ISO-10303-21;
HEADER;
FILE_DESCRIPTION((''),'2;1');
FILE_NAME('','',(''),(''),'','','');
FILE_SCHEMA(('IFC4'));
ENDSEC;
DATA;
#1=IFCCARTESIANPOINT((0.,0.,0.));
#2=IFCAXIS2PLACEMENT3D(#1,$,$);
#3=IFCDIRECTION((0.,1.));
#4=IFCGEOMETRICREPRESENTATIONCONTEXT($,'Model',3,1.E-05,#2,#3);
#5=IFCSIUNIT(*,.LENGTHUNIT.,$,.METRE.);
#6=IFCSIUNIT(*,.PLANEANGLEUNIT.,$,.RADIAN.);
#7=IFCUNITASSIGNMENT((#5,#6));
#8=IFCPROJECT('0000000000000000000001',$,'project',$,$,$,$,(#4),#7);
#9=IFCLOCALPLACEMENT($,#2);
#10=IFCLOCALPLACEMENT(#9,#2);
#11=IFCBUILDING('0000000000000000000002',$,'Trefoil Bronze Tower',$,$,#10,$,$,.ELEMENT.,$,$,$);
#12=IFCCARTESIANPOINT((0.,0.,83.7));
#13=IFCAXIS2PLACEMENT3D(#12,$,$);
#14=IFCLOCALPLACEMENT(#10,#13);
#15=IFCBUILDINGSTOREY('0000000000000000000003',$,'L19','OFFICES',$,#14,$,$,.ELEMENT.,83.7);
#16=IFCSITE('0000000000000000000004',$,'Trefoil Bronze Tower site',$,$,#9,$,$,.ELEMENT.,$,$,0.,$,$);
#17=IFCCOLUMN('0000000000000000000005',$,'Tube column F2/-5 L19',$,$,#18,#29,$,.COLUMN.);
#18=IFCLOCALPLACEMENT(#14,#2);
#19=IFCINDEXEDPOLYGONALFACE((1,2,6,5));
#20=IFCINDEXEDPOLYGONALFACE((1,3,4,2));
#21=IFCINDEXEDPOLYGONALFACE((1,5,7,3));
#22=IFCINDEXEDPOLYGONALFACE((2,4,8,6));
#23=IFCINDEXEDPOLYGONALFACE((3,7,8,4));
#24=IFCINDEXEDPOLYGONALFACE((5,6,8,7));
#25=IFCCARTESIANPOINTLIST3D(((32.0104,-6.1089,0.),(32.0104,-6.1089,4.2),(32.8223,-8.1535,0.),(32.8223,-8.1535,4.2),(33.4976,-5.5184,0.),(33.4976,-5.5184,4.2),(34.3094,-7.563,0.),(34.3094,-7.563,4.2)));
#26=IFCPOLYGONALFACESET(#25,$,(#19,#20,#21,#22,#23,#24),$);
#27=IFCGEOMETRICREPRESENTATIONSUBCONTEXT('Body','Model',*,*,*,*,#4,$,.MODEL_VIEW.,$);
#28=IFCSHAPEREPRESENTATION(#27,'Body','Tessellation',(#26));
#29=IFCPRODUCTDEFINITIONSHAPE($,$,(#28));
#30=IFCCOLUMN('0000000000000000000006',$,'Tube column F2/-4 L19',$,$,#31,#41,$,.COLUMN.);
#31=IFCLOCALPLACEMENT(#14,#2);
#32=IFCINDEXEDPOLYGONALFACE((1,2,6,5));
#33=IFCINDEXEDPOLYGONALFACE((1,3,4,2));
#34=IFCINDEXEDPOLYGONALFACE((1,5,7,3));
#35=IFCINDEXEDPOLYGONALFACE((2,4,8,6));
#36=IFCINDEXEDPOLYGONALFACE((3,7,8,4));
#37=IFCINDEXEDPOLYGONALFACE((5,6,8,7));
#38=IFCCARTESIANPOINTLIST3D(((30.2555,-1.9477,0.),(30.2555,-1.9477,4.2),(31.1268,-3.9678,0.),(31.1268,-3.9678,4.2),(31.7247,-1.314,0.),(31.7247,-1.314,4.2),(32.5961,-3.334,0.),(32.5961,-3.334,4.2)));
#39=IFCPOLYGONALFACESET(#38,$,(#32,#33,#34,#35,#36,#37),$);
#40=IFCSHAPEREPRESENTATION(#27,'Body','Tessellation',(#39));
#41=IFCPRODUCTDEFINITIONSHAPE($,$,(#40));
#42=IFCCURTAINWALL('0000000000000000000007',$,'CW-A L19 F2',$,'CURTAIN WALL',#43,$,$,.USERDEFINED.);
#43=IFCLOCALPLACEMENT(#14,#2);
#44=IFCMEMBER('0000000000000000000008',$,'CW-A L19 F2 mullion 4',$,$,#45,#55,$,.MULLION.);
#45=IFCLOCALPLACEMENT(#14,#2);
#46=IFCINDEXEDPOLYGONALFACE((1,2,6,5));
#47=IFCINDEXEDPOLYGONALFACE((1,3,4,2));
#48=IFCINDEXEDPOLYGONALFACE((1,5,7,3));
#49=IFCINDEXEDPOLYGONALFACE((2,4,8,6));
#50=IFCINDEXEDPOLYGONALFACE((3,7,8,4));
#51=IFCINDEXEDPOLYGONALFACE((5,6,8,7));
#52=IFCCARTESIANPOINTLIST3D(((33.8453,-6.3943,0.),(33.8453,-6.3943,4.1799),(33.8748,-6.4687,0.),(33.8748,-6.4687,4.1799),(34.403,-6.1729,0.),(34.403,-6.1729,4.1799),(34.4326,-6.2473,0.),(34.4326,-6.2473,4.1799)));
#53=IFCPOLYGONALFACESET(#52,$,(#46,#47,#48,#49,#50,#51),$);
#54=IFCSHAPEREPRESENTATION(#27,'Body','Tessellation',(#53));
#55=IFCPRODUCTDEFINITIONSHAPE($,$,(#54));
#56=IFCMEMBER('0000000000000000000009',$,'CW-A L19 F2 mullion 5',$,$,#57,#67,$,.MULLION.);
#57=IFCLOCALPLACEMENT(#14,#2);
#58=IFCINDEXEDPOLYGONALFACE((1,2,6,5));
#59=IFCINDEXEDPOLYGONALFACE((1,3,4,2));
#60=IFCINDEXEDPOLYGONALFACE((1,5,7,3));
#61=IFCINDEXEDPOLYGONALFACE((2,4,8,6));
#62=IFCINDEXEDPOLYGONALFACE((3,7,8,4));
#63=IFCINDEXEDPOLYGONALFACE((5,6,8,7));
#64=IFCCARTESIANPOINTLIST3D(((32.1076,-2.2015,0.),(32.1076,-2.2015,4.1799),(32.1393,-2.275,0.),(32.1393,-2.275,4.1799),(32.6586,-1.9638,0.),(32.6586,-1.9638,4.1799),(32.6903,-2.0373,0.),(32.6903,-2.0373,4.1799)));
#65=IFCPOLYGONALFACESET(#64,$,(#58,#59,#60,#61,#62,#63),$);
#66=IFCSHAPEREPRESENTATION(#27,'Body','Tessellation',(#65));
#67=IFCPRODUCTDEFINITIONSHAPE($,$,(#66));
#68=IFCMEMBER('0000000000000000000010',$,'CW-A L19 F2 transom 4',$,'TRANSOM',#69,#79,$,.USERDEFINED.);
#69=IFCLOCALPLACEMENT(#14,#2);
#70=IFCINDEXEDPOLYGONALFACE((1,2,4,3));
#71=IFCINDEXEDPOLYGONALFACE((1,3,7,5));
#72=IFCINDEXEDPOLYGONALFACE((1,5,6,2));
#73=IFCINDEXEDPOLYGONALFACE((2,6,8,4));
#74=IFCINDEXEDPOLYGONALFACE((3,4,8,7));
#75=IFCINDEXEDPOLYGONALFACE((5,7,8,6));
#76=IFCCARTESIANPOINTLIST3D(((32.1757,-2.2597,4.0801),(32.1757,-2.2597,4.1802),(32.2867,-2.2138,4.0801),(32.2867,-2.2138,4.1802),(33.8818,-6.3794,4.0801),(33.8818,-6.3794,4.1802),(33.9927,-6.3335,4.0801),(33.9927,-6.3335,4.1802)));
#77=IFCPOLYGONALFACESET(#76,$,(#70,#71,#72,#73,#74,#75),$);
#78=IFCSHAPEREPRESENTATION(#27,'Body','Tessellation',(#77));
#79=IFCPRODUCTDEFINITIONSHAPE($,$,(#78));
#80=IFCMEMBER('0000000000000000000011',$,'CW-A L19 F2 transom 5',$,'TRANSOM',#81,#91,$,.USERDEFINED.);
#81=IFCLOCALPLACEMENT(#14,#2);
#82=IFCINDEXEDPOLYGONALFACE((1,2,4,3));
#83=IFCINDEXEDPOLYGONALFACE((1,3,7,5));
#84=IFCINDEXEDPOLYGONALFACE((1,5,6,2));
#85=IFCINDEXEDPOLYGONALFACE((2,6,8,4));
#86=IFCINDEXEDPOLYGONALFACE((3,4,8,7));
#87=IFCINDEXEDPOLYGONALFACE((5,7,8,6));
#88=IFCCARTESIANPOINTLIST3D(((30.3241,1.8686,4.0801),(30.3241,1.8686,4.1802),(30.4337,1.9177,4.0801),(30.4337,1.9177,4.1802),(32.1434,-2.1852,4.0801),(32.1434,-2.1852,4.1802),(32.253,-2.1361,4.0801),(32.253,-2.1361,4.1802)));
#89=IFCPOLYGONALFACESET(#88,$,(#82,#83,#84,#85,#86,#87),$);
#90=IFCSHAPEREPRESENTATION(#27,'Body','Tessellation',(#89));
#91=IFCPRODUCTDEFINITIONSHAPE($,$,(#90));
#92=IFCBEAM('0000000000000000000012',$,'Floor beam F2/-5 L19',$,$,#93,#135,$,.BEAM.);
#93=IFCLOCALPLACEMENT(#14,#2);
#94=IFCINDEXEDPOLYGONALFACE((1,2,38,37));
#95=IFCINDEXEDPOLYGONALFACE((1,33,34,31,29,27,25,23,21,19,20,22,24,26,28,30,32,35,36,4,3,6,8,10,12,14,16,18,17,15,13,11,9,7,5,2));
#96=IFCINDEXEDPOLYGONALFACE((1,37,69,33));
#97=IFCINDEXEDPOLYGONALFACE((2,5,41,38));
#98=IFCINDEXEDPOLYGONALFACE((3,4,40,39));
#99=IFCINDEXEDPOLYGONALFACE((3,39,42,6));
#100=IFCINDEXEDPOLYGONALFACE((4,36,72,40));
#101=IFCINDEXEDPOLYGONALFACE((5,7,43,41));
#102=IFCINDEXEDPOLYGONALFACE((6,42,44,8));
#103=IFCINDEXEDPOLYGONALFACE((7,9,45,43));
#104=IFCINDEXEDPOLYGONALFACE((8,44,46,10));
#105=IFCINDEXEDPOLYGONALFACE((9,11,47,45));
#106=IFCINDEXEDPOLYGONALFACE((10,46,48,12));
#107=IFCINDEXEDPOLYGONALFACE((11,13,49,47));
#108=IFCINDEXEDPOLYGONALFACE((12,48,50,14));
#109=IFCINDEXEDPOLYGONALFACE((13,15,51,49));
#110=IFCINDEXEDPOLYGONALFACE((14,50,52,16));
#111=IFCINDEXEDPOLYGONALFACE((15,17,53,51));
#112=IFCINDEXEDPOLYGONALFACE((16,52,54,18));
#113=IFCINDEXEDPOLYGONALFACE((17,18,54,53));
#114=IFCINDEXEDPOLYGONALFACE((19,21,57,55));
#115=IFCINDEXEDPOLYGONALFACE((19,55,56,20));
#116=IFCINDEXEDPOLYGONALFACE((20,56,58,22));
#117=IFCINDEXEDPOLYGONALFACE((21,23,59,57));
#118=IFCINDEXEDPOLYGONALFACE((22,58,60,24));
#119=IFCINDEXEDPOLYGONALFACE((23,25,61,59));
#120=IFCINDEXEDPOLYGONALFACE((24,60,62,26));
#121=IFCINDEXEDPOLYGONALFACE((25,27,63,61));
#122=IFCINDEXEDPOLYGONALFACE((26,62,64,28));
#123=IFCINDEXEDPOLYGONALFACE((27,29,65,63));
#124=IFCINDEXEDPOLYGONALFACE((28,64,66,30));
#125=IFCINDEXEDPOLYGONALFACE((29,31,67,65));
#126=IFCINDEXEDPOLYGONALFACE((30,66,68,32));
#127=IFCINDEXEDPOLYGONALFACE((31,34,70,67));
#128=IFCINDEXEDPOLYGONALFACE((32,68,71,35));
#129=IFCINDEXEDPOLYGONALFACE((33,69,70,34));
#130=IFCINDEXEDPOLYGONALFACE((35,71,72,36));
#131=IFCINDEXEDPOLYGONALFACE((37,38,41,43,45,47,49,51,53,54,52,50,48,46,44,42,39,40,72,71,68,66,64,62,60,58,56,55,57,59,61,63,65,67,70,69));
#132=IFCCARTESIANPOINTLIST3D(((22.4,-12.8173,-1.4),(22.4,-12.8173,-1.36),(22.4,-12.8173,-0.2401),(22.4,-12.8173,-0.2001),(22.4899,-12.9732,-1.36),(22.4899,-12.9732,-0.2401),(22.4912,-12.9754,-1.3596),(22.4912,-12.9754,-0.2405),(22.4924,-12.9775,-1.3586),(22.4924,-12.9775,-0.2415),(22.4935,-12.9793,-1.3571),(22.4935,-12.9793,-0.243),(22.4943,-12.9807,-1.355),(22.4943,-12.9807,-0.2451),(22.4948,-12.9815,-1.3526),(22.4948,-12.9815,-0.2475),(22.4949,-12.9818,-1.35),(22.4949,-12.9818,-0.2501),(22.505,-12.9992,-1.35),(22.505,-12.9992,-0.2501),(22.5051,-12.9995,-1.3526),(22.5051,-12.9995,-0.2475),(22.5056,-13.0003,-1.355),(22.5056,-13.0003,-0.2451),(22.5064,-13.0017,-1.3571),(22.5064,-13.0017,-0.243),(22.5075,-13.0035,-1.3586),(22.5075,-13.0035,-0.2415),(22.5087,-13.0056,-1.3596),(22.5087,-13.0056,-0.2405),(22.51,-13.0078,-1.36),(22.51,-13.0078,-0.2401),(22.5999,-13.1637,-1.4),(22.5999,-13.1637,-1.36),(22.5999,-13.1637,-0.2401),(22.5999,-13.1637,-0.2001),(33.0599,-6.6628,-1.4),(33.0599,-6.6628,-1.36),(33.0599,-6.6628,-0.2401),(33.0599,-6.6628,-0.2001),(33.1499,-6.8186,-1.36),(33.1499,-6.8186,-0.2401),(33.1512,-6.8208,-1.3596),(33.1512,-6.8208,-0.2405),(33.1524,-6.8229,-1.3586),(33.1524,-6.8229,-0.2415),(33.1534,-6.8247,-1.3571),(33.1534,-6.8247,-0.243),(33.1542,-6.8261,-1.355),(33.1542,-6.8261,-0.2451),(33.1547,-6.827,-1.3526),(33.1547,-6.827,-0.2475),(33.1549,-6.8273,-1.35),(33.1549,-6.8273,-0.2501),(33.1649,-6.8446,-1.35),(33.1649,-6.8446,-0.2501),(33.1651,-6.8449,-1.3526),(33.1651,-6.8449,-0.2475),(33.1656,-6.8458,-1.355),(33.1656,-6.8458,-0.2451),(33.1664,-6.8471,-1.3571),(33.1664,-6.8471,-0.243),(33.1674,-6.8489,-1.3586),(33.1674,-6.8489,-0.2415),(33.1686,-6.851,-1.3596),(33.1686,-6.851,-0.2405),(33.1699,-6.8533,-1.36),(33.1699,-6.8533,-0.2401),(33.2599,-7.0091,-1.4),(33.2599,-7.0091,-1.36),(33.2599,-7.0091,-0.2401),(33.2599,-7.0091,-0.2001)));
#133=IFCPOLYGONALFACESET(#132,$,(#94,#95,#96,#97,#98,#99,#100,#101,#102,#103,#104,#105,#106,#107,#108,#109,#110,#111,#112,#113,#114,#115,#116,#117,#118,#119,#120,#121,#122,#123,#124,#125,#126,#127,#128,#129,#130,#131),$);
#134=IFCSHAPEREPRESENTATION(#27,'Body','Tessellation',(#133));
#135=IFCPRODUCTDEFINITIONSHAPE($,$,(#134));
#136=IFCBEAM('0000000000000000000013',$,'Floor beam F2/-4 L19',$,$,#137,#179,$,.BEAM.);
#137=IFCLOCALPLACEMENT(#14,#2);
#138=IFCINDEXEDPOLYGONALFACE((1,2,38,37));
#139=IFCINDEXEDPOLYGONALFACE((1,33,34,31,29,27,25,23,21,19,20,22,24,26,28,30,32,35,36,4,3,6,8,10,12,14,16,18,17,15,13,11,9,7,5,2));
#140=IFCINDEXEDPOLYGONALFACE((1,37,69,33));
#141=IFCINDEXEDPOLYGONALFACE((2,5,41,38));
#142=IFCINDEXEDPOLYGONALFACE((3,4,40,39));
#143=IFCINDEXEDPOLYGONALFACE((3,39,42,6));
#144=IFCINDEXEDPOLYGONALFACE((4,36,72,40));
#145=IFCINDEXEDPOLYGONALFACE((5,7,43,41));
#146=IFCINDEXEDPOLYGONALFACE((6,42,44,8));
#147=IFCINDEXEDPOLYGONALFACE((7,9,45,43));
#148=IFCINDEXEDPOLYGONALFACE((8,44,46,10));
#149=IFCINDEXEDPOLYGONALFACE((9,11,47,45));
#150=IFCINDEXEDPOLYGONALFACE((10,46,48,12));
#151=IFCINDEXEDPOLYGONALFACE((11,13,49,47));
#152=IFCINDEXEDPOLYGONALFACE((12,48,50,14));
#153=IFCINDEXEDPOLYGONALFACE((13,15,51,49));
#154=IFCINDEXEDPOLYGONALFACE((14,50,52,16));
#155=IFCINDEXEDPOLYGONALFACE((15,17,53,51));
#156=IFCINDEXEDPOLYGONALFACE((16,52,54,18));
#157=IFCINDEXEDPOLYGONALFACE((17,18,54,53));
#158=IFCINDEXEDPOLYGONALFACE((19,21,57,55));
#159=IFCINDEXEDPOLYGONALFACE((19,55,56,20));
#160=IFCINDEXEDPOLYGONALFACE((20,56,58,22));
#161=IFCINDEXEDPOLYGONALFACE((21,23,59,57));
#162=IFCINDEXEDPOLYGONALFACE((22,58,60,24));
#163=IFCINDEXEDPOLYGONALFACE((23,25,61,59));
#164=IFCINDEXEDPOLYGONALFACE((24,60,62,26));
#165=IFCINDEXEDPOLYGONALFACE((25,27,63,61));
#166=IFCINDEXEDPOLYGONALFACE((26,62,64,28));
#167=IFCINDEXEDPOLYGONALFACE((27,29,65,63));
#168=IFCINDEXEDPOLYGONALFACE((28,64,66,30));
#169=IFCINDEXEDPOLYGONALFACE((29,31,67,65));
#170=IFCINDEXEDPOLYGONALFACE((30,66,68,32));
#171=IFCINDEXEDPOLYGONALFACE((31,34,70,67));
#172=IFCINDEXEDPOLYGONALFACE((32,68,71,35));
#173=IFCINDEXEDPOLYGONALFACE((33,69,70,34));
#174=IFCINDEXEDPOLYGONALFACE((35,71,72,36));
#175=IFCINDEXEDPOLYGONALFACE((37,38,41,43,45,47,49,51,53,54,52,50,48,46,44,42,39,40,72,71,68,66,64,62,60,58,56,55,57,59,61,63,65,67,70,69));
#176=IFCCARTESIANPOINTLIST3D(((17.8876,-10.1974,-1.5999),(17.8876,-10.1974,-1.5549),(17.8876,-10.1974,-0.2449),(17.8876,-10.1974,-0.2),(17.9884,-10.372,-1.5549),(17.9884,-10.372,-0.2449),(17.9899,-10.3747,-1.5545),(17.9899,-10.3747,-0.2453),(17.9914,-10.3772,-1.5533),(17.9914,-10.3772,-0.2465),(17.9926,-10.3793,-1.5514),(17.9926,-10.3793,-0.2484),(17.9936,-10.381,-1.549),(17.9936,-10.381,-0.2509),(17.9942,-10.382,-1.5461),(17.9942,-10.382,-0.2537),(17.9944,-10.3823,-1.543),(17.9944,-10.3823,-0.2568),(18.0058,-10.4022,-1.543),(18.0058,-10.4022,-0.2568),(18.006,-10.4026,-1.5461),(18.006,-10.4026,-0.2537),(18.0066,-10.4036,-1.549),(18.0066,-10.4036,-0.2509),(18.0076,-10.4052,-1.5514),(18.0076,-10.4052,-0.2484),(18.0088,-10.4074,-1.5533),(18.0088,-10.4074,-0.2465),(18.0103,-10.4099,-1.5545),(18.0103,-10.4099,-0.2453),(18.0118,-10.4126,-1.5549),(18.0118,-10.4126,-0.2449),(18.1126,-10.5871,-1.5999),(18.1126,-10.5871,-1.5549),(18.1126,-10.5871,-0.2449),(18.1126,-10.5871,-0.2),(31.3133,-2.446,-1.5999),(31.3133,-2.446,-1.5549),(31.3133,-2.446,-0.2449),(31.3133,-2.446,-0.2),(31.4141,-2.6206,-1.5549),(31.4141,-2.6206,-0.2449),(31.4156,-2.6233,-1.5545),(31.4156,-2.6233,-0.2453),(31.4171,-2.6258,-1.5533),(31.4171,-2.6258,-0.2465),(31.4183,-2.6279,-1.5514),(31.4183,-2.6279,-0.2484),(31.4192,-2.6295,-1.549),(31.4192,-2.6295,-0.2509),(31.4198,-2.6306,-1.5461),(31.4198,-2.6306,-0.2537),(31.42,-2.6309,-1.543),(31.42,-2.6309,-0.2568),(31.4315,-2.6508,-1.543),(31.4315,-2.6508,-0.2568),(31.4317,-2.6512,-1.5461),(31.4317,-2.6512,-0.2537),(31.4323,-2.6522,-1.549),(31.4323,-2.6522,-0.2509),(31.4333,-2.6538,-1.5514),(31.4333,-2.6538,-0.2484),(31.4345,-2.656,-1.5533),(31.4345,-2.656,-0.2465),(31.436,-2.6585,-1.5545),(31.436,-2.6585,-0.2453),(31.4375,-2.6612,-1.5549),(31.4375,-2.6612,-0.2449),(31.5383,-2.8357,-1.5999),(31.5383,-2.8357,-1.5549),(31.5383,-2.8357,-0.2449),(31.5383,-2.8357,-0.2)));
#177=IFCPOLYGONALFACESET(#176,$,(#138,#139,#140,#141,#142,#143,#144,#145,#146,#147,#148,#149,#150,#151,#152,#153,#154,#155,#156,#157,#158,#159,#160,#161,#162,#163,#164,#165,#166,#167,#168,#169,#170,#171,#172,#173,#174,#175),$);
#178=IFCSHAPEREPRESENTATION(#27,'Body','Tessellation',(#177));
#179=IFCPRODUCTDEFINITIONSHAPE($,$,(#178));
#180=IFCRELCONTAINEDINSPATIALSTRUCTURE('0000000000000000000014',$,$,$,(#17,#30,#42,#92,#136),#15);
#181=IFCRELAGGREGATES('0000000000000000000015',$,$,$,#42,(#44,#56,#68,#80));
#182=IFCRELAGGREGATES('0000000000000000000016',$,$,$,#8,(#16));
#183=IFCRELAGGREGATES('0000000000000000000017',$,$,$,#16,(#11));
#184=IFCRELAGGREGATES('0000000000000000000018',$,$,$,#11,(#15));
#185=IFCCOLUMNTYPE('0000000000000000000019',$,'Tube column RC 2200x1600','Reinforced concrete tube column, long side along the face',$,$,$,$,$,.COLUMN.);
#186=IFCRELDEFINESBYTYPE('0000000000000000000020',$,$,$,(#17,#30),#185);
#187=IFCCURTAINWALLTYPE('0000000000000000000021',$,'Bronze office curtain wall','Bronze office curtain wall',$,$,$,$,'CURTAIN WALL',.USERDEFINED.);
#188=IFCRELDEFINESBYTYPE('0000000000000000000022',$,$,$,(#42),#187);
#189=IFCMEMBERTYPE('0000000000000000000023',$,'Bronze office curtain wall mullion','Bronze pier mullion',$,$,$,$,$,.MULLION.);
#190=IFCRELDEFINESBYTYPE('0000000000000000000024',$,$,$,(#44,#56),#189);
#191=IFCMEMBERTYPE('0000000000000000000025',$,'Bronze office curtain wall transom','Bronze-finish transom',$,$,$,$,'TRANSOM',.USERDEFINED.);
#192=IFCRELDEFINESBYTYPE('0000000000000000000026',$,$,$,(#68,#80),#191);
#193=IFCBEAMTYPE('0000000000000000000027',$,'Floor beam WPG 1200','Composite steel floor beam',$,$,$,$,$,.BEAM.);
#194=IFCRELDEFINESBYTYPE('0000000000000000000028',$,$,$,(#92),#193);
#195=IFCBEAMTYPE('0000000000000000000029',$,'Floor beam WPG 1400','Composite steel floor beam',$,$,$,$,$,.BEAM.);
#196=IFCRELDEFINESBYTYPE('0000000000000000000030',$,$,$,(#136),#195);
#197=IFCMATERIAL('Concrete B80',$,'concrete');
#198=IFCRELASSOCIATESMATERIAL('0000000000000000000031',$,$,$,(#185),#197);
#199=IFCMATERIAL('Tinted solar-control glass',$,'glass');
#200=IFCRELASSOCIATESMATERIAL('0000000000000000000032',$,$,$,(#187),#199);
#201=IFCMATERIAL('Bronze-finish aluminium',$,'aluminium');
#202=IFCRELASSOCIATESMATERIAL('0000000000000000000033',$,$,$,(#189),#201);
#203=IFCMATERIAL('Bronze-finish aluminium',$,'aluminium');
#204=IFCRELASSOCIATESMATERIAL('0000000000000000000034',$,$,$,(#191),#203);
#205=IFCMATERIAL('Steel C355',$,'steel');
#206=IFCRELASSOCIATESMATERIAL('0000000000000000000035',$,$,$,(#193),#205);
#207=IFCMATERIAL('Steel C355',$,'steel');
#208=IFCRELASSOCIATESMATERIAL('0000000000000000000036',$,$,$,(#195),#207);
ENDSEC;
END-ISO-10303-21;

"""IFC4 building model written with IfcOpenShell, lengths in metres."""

from ifc_helpers import new_model, si_unit, direction, frame, origin, origin_2d, place, context, subcontext, project, spatial, rectangle, i_section, extrude, material, material_profile, profile_set, type_object, element, aggregate, save


model = new_model("IFC4")

# Units and contexts
model_context = context("Model", 3, precision=1e-05, world=origin(), true_north=direction((0.0, 1.0)))
body_context = subcontext(model_context, "Body", "Model", "MODEL_VIEW")
ifc_project = project(units=[si_unit("LENGTHUNIT", "METRE"), si_unit("PLANEANGLEUNIT", "RADIAN")], contexts=[model_context])

# Site, building, storey
site_placement = place(None, origin())
site = spatial("IfcSite", under=ifc_project, at=site_placement, Name="Trefoil Bronze Tower site", CompositionType="ELEMENT", RefElevation=0.0)
building_placement = place(site_placement, origin())
building = spatial("IfcBuilding", under=site, at=building_placement, Name="Trefoil Bronze Tower", CompositionType="ELEMENT")
storey_placement = place(building_placement, frame((0.0, 0.0, 83.7)))
storey = spatial("IfcBuildingStorey", under=building, at=storey_placement, Name="L19", Description="OFFICES", CompositionType="ELEMENT", Elevation=83.7)

# Columns
ifc_material_1 = material(Name="Concrete B80", Category="concrete")
ifc_material_profile_1 = material_profile(ifc_material_1, rectangle(XDim=2.2, YDim=1.6001, at=origin_2d()), Name="RC 2200x1600")
ifc_profile_set_1 = profile_set([ifc_material_profile_1], Name="Concrete B80")
column_type = type_object("IfcColumnType", Name="Tube column RC 2200x1600", Description="Reinforced concrete tube column, long side along the face", PredefinedType="COLUMN", material=ifc_profile_set_1)
for number, where, z_axis, x_axis, name in (
    (1, (33.1599, -6.8359, 0.0), (0.0, 0.0, 1.0), (-0.36904, 0.929414, 0.0), "Tube column F2/-5 L19"),
    (2, (31.4258, -2.6409, 0.0), (0.0, 0.0, 1.0), (-0.396085, 0.918214, 0.0), "Tube column F2/-4 L19"),
):
    element("IfcColumn", number, at=place(storey_placement, frame(where, z_axis=z_axis, x_axis=x_axis)), inside=storey, type_object=column_type, Name=name, PredefinedType="COLUMN", context=body_context, shape_type="SweptSolid", body=[
        extrude(rectangle(XDim=2.2, YDim=1.6001, at=origin_2d()), origin(), (0.0, 0.0, 1.0), 4.2),
    ])

# Curtain wall, members
ifc_material_2 = material(Name="Tinted solar-control glass", Category="glass")
curtain_wall_type = type_object("IfcCurtainWallType", Name="Bronze office curtain wall", Description="Bronze office curtain wall", ElementType="CURTAIN WALL", PredefinedType="USERDEFINED", material=ifc_material_2)
curtain_wall_placement = place(storey_placement, origin())
curtain_wall = element("IfcCurtainWall", 3, at=curtain_wall_placement, inside=storey, type_object=curtain_wall_type, Name="CW-A L19 F2", ObjectType="CURTAIN WALL", PredefinedType="USERDEFINED")
ifc_material_3 = material(Name="Bronze-finish aluminium", Category="aluminium")
ifc_material_profile_2 = material_profile(ifc_material_3, rectangle(XDim=0.6001, YDim=0.0801, at=origin_2d()), Name="CW-A mullion")
ifc_profile_set_2 = profile_set([ifc_material_profile_2], Name="Bronze-finish aluminium")
member_type_1 = type_object("IfcMemberType", Name="Bronze office curtain wall mullion", Description="Bronze pier mullion", PredefinedType="MULLION", material=ifc_profile_set_2)
member_1_placement = place(storey_placement, frame((34.1389, -6.3208, 0.0), z_axis=(0.0, 0.0, 1.0), x_axis=(-0.929414, -0.36904, 0.0)))
member_1 = element("IfcMember", 4, at=member_1_placement, type_object=member_type_1, Name="CW-A L19 F2 mullion 4", PredefinedType="MULLION", context=body_context, shape_type="SweptSolid", body=[
    extrude(rectangle(XDim=0.6001, YDim=0.0801, at=origin_2d()), origin(), (0.0, 0.0, 1.0), 4.1799),
])
member_2_placement = place(storey_placement, frame((32.3989, -2.1194, 0.0), z_axis=(0.0, 0.0, 1.0), x_axis=(-0.918214, -0.396085, 0.0)))
member_2 = element("IfcMember", 5, at=member_2_placement, type_object=member_type_1, Name="CW-A L19 F2 mullion 5", PredefinedType="MULLION", context=body_context, shape_type="SweptSolid", body=[
    extrude(rectangle(XDim=0.6001, YDim=0.0801, at=origin_2d()), origin(), (0.0, 0.0, 1.0), 4.1799),
])
ifc_material_4 = material(Name="Bronze-finish aluminium", Category="aluminium")
ifc_material_profile_3 = material_profile(ifc_material_4, rectangle(XDim=0.1201, YDim=0.1001, at=origin_2d()), Name="CW-A transom")
ifc_profile_set_3 = profile_set([ifc_material_profile_3], Name="Bronze-finish aluminium")
member_type_2 = type_object("IfcMemberType", Name="Bronze office curtain wall transom", Description="Bronze-finish transom", ElementType="TRANSOM", PredefinedType="USERDEFINED", material=ifc_profile_set_3)
member_3_placement = place(storey_placement, frame((33.9373, -6.3564, 4.1301), z_axis=(-0.382616, 0.923907, 0.0), x_axis=(-0.923907, -0.382616, 0.0)))
member_3 = element("IfcMember", 6, at=member_3_placement, type_object=member_type_2, Name="CW-A L19 F2 transom 4", ObjectType="TRANSOM", PredefinedType="USERDEFINED", context=body_context, shape_type="SweptSolid", body=[
    extrude(rectangle(XDim=0.1201, YDim=0.1001, at=origin_2d()), origin(), (0.0, 0.0, 1.0), 4.459),
])
member_4_placement = place(storey_placement, frame((32.1982, -2.1606, 4.1301), z_axis=(-0.40946, 0.912328, 0.0), x_axis=(-0.912328, -0.40946, 0.0)))
member_4 = element("IfcMember", 7, at=member_4_placement, type_object=member_type_2, Name="CW-A L19 F2 transom 5", ObjectType="TRANSOM", PredefinedType="USERDEFINED", context=body_context, shape_type="SweptSolid", body=[
    extrude(rectangle(XDim=0.1201, YDim=0.1001, at=origin_2d()), origin(), (0.0, 0.0, 1.0), 4.4434),
])

# Beams
ifc_material_5 = material(Name="Steel C355", Category="steel")
ifc_material_profile_4 = material_profile(ifc_material_5, i_section(OverallWidth=0.3999, OverallDepth=1.2, WebThickness=0.02, FlangeThickness=0.04, FilletRadius=0.01, at=origin_2d()), Name="WPG 1200")
ifc_profile_set_4 = profile_set([ifc_material_profile_4], Name="Steel C355")
beam_type_1 = type_object("IfcBeamType", Name="Floor beam WPG 1200", Description="Composite steel floor beam", PredefinedType="BEAM", material=ifc_profile_set_4)
beam_1_placement = place(storey_placement, frame((33.1599, -6.8359, -0.8), z_axis=(-0.866024, -0.500002, 0.0), x_axis=(0.500002, -0.866024, 0.0)))
element("IfcBeam", 8, at=beam_1_placement, inside=storey, type_object=beam_type_1, Name="Floor beam F2/-5 L19", PredefinedType="BEAM", context=body_context, shape_type="SweptSolid", body=[
    extrude(i_section(OverallWidth=0.3999, OverallDepth=1.2, WebThickness=0.02, FlangeThickness=0.04, FilletRadius=0.01, at=origin_2d()), origin(), (0.0, 0.0, 1.0), 12.3091),
])
ifc_material_6 = material(Name="Steel C355", Category="steel")
ifc_material_profile_5 = material_profile(ifc_material_6, i_section(OverallWidth=0.45, OverallDepth=1.3999, WebThickness=0.0229, FlangeThickness=0.0449, FilletRadius=0.012, at=origin_2d()), Name="WPG 1400")
ifc_profile_set_5 = profile_set([ifc_material_profile_5], Name="Steel C355")
beam_type_2 = type_object("IfcBeamType", Name="Floor beam WPG 1400", Description="Composite steel floor beam", PredefinedType="BEAM", material=ifc_profile_set_5)
beam_2_placement = place(storey_placement, frame((31.4258, -2.6409, -0.8999), z_axis=(-0.866023, -0.500004, 0.0), x_axis=(0.500004, -0.866023, 0.0)))
element("IfcBeam", 9, at=beam_2_placement, inside=storey, type_object=beam_type_2, Name="Floor beam F2/-4 L19", PredefinedType="BEAM", context=body_context, shape_type="SweptSolid", body=[
    extrude(i_section(OverallWidth=0.45, OverallDepth=1.3999, WebThickness=0.0229, FlangeThickness=0.0449, FilletRadius=0.012, at=origin_2d()), origin(), (0.0, 0.0, 1.0), 15.5027),
])

aggregate(curtain_wall, [member_1, member_2, member_3, member_4])

save(model, "model.ifc")
